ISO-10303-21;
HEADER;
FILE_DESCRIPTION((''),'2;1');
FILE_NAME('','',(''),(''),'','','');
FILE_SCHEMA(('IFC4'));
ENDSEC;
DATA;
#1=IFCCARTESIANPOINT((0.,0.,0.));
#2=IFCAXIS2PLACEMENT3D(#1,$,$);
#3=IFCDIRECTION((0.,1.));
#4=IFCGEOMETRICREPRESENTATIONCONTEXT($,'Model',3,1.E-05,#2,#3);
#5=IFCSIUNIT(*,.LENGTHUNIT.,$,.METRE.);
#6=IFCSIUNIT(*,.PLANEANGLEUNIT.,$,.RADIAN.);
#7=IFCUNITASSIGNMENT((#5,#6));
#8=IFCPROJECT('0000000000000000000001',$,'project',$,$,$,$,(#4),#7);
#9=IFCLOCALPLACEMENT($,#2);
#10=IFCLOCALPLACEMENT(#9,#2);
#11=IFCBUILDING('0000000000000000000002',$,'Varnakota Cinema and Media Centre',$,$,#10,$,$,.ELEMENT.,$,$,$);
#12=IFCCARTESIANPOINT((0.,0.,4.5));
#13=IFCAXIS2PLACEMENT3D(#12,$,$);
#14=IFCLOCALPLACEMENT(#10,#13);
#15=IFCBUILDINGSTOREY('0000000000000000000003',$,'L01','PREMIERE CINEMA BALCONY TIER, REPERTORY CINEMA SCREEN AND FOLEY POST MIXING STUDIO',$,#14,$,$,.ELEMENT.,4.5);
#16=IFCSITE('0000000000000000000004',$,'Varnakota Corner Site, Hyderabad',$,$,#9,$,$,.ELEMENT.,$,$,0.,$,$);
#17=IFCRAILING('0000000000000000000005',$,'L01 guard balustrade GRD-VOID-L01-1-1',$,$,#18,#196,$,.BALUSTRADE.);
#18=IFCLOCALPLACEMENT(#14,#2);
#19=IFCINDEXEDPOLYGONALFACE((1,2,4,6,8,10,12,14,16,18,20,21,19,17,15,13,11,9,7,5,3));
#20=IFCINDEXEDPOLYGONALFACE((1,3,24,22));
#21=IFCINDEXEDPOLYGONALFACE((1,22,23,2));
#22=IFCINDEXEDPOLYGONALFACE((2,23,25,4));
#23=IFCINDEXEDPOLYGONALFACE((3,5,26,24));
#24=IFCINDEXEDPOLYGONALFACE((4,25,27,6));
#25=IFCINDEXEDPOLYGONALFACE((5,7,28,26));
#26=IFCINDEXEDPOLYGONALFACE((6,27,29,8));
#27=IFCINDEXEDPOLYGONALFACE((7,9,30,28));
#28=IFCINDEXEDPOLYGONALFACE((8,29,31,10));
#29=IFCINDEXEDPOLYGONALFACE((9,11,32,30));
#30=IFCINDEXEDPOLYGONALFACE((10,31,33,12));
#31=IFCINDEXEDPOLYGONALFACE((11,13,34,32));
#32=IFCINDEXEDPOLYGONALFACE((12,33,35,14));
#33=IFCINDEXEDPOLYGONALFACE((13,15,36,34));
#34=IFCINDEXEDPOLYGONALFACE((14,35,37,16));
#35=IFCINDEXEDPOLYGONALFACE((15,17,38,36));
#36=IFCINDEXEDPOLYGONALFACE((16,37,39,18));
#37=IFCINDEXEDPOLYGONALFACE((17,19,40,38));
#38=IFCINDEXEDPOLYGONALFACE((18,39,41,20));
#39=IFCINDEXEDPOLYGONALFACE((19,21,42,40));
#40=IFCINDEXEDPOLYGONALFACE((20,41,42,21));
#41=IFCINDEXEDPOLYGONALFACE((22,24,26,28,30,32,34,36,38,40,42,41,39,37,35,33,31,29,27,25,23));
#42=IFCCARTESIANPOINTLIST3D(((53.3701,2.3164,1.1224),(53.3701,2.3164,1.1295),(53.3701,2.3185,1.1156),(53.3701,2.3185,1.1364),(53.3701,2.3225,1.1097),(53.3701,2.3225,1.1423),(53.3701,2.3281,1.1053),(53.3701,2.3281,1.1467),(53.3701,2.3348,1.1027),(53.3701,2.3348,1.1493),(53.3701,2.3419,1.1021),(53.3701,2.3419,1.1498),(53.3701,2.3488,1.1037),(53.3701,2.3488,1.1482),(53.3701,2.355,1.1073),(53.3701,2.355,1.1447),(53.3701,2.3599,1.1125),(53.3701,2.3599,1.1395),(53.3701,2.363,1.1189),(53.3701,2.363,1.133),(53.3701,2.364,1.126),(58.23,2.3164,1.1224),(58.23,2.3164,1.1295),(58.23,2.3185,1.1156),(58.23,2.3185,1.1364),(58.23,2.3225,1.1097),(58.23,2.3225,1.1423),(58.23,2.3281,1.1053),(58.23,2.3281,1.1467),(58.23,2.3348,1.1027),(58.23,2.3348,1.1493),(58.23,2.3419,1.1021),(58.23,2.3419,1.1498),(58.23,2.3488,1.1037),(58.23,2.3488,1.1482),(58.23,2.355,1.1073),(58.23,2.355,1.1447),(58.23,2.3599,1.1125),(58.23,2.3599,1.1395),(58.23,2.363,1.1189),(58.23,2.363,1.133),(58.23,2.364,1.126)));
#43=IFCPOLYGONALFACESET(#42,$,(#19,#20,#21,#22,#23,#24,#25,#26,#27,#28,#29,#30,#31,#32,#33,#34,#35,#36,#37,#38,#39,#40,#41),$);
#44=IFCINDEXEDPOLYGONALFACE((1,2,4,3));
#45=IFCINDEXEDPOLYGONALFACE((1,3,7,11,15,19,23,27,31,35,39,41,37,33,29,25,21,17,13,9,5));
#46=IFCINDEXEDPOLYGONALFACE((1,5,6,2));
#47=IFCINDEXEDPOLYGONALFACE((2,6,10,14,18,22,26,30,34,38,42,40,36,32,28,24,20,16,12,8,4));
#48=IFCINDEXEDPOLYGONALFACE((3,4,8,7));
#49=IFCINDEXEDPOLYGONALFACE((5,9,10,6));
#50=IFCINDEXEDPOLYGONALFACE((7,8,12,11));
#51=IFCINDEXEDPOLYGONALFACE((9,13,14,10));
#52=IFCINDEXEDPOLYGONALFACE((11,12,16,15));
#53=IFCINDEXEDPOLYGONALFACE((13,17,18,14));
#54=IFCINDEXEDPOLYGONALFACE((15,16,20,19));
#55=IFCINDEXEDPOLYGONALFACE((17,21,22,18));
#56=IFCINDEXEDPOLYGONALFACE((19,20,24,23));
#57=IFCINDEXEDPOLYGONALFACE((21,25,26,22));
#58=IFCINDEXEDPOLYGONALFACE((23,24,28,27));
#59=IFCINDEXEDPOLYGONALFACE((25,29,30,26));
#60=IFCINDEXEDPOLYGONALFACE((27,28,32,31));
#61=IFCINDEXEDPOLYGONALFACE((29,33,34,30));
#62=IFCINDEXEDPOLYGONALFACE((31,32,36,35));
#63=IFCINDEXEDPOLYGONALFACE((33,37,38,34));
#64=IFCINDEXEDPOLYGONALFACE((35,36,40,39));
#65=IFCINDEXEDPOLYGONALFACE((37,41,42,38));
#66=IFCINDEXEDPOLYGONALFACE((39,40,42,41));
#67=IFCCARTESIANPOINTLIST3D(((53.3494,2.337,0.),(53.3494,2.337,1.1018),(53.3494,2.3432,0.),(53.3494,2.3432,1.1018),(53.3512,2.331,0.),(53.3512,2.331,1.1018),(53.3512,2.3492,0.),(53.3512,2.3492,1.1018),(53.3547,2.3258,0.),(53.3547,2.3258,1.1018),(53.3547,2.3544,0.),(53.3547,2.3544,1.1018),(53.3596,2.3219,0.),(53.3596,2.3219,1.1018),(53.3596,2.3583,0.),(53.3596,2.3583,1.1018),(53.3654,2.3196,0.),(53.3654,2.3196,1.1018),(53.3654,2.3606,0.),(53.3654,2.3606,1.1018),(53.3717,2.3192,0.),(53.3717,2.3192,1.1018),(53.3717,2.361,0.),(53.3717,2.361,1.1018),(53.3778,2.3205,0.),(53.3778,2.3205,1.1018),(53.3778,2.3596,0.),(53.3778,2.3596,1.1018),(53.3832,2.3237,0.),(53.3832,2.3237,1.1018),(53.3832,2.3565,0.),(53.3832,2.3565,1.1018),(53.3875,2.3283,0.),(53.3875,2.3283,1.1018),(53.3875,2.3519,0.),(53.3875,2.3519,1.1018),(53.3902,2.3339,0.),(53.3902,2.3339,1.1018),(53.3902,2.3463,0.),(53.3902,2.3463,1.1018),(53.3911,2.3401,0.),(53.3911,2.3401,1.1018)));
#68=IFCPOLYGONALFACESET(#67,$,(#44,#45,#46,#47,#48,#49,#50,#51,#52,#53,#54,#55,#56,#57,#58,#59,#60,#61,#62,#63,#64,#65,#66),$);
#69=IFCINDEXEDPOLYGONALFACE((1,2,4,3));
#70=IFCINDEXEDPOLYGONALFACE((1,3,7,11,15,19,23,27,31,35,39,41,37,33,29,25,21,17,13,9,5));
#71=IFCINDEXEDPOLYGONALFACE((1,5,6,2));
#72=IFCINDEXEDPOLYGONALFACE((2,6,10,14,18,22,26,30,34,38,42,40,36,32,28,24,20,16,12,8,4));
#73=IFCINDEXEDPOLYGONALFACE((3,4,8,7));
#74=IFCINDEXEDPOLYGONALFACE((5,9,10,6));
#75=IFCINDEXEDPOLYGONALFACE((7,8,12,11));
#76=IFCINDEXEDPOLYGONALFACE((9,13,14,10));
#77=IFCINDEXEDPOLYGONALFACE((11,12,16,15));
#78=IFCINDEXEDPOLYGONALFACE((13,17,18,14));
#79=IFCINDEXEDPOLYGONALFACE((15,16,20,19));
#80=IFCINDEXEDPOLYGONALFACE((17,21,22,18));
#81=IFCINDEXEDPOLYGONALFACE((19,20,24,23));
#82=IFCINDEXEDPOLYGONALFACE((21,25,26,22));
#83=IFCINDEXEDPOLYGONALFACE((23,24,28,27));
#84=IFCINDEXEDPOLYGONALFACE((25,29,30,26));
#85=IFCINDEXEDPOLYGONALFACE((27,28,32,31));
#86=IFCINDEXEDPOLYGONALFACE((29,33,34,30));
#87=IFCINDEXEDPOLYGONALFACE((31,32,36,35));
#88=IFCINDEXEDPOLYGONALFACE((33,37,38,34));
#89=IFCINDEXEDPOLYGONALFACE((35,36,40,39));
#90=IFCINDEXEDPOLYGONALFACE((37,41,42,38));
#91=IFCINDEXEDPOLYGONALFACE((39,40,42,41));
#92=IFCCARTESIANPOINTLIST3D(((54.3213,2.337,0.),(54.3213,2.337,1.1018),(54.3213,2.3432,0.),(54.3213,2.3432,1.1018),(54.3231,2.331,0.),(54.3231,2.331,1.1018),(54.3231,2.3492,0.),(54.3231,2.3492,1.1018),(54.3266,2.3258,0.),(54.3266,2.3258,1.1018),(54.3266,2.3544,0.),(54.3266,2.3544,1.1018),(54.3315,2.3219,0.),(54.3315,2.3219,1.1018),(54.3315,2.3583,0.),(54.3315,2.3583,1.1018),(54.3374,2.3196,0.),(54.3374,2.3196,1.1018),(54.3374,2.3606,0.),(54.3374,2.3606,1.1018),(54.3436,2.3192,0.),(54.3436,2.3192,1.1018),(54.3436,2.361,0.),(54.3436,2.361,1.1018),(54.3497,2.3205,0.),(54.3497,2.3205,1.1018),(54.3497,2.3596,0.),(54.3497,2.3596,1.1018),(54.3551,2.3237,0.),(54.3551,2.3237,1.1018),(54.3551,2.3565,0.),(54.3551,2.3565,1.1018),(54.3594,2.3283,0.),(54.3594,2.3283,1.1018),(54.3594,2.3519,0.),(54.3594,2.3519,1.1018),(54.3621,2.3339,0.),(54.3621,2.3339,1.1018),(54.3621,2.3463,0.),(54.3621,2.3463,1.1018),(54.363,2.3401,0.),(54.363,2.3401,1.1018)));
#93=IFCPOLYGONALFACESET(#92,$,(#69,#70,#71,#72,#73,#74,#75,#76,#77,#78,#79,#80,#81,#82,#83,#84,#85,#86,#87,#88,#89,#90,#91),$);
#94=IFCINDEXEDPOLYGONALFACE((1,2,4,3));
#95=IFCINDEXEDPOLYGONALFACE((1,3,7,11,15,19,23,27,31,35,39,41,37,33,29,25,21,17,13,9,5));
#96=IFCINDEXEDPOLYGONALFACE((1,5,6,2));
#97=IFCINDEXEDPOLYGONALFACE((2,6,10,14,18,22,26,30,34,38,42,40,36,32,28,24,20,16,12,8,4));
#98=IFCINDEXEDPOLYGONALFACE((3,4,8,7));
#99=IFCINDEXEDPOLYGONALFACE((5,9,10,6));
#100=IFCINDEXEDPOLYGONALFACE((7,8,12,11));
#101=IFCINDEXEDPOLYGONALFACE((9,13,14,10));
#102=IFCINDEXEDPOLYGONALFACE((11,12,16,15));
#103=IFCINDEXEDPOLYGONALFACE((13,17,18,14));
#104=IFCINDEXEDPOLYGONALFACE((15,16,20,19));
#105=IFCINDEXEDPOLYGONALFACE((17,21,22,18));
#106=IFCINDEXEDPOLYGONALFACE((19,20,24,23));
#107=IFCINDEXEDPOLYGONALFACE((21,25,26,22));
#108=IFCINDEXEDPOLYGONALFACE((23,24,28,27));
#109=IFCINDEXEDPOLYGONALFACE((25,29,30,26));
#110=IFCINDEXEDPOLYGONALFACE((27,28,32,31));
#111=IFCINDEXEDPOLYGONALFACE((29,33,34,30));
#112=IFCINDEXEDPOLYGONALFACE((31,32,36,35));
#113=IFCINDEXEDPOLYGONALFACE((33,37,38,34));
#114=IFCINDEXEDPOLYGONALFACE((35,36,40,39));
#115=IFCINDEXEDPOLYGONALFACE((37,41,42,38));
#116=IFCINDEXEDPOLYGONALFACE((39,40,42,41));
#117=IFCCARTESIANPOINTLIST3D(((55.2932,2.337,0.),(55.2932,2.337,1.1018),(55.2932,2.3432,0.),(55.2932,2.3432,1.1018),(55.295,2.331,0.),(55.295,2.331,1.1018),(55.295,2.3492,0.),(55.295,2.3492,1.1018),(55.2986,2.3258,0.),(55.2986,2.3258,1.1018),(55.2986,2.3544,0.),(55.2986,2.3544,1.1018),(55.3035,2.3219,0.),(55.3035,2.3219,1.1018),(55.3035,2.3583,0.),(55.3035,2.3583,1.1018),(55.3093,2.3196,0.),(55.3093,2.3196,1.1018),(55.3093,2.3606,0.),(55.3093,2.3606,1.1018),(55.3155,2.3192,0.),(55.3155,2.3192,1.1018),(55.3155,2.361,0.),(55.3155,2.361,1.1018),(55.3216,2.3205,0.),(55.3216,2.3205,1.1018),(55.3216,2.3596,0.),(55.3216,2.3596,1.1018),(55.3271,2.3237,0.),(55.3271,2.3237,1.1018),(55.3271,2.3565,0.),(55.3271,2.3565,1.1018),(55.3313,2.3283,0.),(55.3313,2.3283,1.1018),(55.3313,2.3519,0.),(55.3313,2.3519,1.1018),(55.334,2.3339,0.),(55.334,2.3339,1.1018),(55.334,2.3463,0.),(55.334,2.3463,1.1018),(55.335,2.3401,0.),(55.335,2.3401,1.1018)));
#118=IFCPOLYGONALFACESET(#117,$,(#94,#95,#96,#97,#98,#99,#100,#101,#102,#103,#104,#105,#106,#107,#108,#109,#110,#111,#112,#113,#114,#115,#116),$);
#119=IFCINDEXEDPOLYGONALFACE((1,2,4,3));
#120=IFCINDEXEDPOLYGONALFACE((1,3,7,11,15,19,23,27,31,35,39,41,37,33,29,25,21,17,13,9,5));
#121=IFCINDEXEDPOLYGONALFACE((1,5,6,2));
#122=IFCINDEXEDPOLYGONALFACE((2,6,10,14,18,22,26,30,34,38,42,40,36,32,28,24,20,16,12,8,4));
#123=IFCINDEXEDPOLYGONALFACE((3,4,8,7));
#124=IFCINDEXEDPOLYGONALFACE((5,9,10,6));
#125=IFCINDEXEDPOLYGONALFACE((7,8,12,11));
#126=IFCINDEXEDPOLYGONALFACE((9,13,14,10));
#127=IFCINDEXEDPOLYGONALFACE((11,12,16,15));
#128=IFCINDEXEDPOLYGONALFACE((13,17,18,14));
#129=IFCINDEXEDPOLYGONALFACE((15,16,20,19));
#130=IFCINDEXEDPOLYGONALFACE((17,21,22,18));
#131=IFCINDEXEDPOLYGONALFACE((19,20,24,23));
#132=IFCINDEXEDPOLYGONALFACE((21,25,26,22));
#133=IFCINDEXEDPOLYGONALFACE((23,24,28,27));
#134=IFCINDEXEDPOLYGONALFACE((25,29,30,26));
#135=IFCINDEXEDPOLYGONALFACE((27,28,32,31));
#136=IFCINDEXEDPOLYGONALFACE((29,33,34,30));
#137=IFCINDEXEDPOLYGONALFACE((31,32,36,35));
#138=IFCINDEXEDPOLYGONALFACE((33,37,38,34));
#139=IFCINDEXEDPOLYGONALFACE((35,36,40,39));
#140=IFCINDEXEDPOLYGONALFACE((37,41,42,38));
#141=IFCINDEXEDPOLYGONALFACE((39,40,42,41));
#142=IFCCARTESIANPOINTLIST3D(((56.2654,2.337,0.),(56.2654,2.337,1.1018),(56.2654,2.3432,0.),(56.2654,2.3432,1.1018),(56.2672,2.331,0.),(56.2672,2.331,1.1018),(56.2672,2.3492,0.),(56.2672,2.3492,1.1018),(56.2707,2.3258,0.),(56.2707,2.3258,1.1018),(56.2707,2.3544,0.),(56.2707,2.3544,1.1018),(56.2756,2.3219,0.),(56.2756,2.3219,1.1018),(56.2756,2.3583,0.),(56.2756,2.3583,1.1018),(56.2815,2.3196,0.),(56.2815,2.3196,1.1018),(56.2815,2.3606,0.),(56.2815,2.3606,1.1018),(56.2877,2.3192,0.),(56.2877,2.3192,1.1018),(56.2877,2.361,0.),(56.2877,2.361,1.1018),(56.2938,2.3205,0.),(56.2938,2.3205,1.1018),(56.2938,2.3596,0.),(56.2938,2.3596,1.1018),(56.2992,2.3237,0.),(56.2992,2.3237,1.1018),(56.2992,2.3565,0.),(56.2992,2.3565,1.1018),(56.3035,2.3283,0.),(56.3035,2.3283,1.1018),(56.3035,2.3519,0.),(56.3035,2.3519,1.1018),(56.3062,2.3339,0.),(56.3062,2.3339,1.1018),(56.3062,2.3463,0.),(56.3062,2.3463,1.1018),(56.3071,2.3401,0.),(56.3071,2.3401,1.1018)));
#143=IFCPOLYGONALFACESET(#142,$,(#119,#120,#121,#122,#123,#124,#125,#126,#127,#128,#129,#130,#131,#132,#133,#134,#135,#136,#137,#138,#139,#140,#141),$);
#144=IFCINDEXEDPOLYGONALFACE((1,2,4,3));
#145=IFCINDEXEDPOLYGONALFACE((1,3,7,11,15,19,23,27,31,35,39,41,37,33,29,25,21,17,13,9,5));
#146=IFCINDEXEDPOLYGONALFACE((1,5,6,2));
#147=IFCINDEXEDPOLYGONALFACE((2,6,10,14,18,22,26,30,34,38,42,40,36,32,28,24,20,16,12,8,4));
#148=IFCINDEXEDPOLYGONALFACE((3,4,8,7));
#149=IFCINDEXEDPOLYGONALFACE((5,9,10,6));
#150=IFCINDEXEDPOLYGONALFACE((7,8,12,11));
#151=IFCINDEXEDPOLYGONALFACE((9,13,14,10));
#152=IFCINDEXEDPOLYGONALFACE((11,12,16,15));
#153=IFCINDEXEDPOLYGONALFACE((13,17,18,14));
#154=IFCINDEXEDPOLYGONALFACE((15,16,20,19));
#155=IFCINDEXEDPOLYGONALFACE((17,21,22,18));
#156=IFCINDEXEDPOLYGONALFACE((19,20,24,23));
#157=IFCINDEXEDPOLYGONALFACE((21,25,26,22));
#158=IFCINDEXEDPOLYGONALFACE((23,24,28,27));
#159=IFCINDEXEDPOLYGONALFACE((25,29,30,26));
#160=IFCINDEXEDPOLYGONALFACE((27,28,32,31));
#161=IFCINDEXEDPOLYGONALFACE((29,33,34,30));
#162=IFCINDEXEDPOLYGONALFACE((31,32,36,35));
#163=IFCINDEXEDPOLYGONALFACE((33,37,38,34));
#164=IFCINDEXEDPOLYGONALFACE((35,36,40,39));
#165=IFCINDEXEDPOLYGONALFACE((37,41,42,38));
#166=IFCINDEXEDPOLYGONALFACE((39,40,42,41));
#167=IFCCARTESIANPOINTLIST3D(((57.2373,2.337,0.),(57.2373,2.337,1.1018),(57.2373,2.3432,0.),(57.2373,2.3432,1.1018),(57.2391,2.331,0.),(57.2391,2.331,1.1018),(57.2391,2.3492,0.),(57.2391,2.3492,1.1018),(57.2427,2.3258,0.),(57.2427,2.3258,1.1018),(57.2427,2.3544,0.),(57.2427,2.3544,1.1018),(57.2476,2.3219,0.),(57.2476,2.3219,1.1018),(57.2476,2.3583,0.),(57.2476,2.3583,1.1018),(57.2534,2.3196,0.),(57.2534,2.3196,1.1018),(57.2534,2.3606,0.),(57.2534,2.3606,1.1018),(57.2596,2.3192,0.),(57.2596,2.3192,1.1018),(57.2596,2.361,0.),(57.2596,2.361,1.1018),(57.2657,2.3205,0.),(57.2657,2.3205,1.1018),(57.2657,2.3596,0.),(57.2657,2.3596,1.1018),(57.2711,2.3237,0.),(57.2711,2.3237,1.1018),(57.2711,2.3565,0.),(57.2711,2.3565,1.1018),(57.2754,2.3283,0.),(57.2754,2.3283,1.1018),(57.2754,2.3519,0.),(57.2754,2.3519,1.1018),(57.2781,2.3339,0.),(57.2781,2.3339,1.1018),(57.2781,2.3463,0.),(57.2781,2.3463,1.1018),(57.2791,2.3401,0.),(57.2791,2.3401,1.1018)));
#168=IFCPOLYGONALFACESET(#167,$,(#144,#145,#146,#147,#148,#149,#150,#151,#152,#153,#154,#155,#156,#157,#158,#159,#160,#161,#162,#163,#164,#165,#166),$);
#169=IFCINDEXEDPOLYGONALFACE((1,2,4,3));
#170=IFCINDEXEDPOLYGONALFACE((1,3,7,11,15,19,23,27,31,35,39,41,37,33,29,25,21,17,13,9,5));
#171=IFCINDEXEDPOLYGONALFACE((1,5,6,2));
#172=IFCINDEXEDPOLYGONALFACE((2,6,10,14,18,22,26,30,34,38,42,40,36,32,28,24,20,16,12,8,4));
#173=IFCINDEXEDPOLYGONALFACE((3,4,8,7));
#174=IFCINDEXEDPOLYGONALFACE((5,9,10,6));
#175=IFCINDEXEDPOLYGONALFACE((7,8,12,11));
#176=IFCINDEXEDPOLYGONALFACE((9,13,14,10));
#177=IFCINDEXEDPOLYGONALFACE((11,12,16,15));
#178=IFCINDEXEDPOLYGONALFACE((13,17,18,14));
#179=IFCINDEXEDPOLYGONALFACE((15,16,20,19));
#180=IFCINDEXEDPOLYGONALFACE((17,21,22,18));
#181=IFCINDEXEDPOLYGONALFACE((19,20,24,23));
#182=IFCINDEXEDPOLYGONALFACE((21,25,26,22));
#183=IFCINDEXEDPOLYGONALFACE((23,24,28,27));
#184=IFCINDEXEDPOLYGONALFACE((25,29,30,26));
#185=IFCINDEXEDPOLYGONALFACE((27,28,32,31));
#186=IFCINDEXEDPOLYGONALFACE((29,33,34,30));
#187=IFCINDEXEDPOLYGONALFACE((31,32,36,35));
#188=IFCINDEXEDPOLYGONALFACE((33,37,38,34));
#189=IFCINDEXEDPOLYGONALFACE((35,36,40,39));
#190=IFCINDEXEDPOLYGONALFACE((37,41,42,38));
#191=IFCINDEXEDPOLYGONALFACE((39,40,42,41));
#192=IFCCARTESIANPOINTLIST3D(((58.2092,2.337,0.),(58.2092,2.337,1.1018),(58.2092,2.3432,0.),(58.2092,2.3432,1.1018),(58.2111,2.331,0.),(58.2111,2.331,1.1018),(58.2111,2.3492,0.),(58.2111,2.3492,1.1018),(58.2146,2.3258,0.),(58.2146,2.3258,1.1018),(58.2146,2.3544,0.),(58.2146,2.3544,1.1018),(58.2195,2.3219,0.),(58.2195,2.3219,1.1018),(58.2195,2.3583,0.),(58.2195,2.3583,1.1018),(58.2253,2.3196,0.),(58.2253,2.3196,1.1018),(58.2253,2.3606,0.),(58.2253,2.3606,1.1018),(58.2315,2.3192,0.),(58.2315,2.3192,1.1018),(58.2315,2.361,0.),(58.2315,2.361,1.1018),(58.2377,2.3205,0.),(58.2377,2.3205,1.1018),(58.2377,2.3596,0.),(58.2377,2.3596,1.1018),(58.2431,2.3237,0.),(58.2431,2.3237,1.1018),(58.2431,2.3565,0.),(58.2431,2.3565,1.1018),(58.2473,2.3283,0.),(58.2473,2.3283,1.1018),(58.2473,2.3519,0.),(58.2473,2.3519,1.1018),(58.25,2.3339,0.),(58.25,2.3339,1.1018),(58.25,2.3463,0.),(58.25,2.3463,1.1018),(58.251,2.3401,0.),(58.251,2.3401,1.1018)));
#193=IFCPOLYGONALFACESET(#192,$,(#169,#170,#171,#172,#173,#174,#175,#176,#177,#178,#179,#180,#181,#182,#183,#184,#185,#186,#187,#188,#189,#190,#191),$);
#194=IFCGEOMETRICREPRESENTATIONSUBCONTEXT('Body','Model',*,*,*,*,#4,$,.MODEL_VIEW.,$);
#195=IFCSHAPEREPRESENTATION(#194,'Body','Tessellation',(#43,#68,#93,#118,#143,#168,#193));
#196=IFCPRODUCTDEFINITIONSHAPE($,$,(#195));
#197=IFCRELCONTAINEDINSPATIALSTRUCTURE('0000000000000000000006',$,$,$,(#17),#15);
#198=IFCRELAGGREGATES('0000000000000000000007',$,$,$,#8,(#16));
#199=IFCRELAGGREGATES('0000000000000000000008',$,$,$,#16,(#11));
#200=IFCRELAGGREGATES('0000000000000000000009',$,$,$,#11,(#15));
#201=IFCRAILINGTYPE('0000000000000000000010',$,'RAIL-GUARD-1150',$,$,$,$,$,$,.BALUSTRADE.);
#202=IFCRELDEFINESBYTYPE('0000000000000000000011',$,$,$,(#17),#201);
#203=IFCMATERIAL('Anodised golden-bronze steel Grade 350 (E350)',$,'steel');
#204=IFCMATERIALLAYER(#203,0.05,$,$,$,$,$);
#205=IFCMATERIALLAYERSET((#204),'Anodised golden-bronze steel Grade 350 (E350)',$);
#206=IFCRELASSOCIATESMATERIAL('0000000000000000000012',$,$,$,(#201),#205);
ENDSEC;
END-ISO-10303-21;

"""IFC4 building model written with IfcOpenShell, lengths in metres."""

from ifc_helpers import new_model, si_unit, direction, frame, origin, origin_2d, place, context, subcontext, project, spatial, circle, extrude, material, layer, layer_set, type_object, element, save


model = new_model("IFC4")

# Units and contexts
model_context = context("Model", 3, precision=1e-05, world=origin(), true_north=direction((0.0, 1.0)))
body_context = subcontext(model_context, "Body", "Model", "MODEL_VIEW")
ifc_project = project(units=[si_unit("LENGTHUNIT", "METRE"), si_unit("PLANEANGLEUNIT", "RADIAN")], contexts=[model_context])

# Site, building, storey
site_placement = place(None, origin())
site = spatial("IfcSite", under=ifc_project, at=site_placement, Name="Varnakota Corner Site, Hyderabad", CompositionType="ELEMENT", RefElevation=0.0)
building_placement = place(site_placement, origin())
building = spatial("IfcBuilding", under=site, at=building_placement, Name="Varnakota Cinema and Media Centre", CompositionType="ELEMENT")
storey_placement = place(building_placement, frame((0.0, 0.0, 4.5)))
storey = spatial("IfcBuildingStorey", under=building, at=storey_placement, Name="L01", Description="PREMIERE CINEMA BALCONY TIER, REPERTORY CINEMA SCREEN AND FOLEY POST MIXING STUDIO", CompositionType="ELEMENT", Elevation=4.5)

# Railing
ifc_material_1 = material(Name="Anodised golden-bronze steel Grade 350 (E350)", Category="steel")
ifc_layer_1 = layer(ifc_material_1, 0.05)
ifc_layer_set_1 = layer_set([ifc_layer_1], Name="Anodised golden-bronze steel Grade 350 (E350)")
railing_type = type_object("IfcRailingType", Name="RAIL-GUARD-1150", PredefinedType="BALUSTRADE", material=ifc_layer_set_1)
railing_1_placement = place(storey_placement, frame((53.3701, 2.3401, 0.0)))
element("IfcRailing", 1, at=railing_1_placement, inside=storey, type_object=railing_type, Name="L01 guard balustrade GRD-VOID-L01-1-1", PredefinedType="BALUSTRADE", context=body_context, shape_type="SweptSolid", body=[
    extrude(circle(Radius=0.0239, at=origin_2d()), frame((0.0, 0.0, 1.126), z_axis=(1.0, 0.0, 0.0), x_axis=(0.0, 1.0, 0.0)), (0.0, 0.0, 1.0), 4.8599),
    extrude(circle(Radius=0.021, at=origin_2d()), origin(), (0.0, 0.0, 1.0), 1.1018),
    extrude(circle(Radius=0.021, at=origin_2d()), frame((0.9719, 0.0, 0.0)), (0.0, 0.0, 1.0), 1.1018),
    extrude(circle(Radius=0.021, at=origin_2d()), frame((1.9438, 0.0, 0.0)), (0.0, 0.0, 1.0), 1.1018),
    extrude(circle(Radius=0.021, at=origin_2d()), frame((2.916, 0.0, 0.0)), (0.0, 0.0, 1.0), 1.1018),
    extrude(circle(Radius=0.021, at=origin_2d()), frame((3.8879, 0.0, 0.0)), (0.0, 0.0, 1.0), 1.1018),
    extrude(circle(Radius=0.021, at=origin_2d()), frame((4.8599, 0.0, 0.0)), (0.0, 0.0, 1.0), 1.1018),
])

save(model, "model.ifc")
